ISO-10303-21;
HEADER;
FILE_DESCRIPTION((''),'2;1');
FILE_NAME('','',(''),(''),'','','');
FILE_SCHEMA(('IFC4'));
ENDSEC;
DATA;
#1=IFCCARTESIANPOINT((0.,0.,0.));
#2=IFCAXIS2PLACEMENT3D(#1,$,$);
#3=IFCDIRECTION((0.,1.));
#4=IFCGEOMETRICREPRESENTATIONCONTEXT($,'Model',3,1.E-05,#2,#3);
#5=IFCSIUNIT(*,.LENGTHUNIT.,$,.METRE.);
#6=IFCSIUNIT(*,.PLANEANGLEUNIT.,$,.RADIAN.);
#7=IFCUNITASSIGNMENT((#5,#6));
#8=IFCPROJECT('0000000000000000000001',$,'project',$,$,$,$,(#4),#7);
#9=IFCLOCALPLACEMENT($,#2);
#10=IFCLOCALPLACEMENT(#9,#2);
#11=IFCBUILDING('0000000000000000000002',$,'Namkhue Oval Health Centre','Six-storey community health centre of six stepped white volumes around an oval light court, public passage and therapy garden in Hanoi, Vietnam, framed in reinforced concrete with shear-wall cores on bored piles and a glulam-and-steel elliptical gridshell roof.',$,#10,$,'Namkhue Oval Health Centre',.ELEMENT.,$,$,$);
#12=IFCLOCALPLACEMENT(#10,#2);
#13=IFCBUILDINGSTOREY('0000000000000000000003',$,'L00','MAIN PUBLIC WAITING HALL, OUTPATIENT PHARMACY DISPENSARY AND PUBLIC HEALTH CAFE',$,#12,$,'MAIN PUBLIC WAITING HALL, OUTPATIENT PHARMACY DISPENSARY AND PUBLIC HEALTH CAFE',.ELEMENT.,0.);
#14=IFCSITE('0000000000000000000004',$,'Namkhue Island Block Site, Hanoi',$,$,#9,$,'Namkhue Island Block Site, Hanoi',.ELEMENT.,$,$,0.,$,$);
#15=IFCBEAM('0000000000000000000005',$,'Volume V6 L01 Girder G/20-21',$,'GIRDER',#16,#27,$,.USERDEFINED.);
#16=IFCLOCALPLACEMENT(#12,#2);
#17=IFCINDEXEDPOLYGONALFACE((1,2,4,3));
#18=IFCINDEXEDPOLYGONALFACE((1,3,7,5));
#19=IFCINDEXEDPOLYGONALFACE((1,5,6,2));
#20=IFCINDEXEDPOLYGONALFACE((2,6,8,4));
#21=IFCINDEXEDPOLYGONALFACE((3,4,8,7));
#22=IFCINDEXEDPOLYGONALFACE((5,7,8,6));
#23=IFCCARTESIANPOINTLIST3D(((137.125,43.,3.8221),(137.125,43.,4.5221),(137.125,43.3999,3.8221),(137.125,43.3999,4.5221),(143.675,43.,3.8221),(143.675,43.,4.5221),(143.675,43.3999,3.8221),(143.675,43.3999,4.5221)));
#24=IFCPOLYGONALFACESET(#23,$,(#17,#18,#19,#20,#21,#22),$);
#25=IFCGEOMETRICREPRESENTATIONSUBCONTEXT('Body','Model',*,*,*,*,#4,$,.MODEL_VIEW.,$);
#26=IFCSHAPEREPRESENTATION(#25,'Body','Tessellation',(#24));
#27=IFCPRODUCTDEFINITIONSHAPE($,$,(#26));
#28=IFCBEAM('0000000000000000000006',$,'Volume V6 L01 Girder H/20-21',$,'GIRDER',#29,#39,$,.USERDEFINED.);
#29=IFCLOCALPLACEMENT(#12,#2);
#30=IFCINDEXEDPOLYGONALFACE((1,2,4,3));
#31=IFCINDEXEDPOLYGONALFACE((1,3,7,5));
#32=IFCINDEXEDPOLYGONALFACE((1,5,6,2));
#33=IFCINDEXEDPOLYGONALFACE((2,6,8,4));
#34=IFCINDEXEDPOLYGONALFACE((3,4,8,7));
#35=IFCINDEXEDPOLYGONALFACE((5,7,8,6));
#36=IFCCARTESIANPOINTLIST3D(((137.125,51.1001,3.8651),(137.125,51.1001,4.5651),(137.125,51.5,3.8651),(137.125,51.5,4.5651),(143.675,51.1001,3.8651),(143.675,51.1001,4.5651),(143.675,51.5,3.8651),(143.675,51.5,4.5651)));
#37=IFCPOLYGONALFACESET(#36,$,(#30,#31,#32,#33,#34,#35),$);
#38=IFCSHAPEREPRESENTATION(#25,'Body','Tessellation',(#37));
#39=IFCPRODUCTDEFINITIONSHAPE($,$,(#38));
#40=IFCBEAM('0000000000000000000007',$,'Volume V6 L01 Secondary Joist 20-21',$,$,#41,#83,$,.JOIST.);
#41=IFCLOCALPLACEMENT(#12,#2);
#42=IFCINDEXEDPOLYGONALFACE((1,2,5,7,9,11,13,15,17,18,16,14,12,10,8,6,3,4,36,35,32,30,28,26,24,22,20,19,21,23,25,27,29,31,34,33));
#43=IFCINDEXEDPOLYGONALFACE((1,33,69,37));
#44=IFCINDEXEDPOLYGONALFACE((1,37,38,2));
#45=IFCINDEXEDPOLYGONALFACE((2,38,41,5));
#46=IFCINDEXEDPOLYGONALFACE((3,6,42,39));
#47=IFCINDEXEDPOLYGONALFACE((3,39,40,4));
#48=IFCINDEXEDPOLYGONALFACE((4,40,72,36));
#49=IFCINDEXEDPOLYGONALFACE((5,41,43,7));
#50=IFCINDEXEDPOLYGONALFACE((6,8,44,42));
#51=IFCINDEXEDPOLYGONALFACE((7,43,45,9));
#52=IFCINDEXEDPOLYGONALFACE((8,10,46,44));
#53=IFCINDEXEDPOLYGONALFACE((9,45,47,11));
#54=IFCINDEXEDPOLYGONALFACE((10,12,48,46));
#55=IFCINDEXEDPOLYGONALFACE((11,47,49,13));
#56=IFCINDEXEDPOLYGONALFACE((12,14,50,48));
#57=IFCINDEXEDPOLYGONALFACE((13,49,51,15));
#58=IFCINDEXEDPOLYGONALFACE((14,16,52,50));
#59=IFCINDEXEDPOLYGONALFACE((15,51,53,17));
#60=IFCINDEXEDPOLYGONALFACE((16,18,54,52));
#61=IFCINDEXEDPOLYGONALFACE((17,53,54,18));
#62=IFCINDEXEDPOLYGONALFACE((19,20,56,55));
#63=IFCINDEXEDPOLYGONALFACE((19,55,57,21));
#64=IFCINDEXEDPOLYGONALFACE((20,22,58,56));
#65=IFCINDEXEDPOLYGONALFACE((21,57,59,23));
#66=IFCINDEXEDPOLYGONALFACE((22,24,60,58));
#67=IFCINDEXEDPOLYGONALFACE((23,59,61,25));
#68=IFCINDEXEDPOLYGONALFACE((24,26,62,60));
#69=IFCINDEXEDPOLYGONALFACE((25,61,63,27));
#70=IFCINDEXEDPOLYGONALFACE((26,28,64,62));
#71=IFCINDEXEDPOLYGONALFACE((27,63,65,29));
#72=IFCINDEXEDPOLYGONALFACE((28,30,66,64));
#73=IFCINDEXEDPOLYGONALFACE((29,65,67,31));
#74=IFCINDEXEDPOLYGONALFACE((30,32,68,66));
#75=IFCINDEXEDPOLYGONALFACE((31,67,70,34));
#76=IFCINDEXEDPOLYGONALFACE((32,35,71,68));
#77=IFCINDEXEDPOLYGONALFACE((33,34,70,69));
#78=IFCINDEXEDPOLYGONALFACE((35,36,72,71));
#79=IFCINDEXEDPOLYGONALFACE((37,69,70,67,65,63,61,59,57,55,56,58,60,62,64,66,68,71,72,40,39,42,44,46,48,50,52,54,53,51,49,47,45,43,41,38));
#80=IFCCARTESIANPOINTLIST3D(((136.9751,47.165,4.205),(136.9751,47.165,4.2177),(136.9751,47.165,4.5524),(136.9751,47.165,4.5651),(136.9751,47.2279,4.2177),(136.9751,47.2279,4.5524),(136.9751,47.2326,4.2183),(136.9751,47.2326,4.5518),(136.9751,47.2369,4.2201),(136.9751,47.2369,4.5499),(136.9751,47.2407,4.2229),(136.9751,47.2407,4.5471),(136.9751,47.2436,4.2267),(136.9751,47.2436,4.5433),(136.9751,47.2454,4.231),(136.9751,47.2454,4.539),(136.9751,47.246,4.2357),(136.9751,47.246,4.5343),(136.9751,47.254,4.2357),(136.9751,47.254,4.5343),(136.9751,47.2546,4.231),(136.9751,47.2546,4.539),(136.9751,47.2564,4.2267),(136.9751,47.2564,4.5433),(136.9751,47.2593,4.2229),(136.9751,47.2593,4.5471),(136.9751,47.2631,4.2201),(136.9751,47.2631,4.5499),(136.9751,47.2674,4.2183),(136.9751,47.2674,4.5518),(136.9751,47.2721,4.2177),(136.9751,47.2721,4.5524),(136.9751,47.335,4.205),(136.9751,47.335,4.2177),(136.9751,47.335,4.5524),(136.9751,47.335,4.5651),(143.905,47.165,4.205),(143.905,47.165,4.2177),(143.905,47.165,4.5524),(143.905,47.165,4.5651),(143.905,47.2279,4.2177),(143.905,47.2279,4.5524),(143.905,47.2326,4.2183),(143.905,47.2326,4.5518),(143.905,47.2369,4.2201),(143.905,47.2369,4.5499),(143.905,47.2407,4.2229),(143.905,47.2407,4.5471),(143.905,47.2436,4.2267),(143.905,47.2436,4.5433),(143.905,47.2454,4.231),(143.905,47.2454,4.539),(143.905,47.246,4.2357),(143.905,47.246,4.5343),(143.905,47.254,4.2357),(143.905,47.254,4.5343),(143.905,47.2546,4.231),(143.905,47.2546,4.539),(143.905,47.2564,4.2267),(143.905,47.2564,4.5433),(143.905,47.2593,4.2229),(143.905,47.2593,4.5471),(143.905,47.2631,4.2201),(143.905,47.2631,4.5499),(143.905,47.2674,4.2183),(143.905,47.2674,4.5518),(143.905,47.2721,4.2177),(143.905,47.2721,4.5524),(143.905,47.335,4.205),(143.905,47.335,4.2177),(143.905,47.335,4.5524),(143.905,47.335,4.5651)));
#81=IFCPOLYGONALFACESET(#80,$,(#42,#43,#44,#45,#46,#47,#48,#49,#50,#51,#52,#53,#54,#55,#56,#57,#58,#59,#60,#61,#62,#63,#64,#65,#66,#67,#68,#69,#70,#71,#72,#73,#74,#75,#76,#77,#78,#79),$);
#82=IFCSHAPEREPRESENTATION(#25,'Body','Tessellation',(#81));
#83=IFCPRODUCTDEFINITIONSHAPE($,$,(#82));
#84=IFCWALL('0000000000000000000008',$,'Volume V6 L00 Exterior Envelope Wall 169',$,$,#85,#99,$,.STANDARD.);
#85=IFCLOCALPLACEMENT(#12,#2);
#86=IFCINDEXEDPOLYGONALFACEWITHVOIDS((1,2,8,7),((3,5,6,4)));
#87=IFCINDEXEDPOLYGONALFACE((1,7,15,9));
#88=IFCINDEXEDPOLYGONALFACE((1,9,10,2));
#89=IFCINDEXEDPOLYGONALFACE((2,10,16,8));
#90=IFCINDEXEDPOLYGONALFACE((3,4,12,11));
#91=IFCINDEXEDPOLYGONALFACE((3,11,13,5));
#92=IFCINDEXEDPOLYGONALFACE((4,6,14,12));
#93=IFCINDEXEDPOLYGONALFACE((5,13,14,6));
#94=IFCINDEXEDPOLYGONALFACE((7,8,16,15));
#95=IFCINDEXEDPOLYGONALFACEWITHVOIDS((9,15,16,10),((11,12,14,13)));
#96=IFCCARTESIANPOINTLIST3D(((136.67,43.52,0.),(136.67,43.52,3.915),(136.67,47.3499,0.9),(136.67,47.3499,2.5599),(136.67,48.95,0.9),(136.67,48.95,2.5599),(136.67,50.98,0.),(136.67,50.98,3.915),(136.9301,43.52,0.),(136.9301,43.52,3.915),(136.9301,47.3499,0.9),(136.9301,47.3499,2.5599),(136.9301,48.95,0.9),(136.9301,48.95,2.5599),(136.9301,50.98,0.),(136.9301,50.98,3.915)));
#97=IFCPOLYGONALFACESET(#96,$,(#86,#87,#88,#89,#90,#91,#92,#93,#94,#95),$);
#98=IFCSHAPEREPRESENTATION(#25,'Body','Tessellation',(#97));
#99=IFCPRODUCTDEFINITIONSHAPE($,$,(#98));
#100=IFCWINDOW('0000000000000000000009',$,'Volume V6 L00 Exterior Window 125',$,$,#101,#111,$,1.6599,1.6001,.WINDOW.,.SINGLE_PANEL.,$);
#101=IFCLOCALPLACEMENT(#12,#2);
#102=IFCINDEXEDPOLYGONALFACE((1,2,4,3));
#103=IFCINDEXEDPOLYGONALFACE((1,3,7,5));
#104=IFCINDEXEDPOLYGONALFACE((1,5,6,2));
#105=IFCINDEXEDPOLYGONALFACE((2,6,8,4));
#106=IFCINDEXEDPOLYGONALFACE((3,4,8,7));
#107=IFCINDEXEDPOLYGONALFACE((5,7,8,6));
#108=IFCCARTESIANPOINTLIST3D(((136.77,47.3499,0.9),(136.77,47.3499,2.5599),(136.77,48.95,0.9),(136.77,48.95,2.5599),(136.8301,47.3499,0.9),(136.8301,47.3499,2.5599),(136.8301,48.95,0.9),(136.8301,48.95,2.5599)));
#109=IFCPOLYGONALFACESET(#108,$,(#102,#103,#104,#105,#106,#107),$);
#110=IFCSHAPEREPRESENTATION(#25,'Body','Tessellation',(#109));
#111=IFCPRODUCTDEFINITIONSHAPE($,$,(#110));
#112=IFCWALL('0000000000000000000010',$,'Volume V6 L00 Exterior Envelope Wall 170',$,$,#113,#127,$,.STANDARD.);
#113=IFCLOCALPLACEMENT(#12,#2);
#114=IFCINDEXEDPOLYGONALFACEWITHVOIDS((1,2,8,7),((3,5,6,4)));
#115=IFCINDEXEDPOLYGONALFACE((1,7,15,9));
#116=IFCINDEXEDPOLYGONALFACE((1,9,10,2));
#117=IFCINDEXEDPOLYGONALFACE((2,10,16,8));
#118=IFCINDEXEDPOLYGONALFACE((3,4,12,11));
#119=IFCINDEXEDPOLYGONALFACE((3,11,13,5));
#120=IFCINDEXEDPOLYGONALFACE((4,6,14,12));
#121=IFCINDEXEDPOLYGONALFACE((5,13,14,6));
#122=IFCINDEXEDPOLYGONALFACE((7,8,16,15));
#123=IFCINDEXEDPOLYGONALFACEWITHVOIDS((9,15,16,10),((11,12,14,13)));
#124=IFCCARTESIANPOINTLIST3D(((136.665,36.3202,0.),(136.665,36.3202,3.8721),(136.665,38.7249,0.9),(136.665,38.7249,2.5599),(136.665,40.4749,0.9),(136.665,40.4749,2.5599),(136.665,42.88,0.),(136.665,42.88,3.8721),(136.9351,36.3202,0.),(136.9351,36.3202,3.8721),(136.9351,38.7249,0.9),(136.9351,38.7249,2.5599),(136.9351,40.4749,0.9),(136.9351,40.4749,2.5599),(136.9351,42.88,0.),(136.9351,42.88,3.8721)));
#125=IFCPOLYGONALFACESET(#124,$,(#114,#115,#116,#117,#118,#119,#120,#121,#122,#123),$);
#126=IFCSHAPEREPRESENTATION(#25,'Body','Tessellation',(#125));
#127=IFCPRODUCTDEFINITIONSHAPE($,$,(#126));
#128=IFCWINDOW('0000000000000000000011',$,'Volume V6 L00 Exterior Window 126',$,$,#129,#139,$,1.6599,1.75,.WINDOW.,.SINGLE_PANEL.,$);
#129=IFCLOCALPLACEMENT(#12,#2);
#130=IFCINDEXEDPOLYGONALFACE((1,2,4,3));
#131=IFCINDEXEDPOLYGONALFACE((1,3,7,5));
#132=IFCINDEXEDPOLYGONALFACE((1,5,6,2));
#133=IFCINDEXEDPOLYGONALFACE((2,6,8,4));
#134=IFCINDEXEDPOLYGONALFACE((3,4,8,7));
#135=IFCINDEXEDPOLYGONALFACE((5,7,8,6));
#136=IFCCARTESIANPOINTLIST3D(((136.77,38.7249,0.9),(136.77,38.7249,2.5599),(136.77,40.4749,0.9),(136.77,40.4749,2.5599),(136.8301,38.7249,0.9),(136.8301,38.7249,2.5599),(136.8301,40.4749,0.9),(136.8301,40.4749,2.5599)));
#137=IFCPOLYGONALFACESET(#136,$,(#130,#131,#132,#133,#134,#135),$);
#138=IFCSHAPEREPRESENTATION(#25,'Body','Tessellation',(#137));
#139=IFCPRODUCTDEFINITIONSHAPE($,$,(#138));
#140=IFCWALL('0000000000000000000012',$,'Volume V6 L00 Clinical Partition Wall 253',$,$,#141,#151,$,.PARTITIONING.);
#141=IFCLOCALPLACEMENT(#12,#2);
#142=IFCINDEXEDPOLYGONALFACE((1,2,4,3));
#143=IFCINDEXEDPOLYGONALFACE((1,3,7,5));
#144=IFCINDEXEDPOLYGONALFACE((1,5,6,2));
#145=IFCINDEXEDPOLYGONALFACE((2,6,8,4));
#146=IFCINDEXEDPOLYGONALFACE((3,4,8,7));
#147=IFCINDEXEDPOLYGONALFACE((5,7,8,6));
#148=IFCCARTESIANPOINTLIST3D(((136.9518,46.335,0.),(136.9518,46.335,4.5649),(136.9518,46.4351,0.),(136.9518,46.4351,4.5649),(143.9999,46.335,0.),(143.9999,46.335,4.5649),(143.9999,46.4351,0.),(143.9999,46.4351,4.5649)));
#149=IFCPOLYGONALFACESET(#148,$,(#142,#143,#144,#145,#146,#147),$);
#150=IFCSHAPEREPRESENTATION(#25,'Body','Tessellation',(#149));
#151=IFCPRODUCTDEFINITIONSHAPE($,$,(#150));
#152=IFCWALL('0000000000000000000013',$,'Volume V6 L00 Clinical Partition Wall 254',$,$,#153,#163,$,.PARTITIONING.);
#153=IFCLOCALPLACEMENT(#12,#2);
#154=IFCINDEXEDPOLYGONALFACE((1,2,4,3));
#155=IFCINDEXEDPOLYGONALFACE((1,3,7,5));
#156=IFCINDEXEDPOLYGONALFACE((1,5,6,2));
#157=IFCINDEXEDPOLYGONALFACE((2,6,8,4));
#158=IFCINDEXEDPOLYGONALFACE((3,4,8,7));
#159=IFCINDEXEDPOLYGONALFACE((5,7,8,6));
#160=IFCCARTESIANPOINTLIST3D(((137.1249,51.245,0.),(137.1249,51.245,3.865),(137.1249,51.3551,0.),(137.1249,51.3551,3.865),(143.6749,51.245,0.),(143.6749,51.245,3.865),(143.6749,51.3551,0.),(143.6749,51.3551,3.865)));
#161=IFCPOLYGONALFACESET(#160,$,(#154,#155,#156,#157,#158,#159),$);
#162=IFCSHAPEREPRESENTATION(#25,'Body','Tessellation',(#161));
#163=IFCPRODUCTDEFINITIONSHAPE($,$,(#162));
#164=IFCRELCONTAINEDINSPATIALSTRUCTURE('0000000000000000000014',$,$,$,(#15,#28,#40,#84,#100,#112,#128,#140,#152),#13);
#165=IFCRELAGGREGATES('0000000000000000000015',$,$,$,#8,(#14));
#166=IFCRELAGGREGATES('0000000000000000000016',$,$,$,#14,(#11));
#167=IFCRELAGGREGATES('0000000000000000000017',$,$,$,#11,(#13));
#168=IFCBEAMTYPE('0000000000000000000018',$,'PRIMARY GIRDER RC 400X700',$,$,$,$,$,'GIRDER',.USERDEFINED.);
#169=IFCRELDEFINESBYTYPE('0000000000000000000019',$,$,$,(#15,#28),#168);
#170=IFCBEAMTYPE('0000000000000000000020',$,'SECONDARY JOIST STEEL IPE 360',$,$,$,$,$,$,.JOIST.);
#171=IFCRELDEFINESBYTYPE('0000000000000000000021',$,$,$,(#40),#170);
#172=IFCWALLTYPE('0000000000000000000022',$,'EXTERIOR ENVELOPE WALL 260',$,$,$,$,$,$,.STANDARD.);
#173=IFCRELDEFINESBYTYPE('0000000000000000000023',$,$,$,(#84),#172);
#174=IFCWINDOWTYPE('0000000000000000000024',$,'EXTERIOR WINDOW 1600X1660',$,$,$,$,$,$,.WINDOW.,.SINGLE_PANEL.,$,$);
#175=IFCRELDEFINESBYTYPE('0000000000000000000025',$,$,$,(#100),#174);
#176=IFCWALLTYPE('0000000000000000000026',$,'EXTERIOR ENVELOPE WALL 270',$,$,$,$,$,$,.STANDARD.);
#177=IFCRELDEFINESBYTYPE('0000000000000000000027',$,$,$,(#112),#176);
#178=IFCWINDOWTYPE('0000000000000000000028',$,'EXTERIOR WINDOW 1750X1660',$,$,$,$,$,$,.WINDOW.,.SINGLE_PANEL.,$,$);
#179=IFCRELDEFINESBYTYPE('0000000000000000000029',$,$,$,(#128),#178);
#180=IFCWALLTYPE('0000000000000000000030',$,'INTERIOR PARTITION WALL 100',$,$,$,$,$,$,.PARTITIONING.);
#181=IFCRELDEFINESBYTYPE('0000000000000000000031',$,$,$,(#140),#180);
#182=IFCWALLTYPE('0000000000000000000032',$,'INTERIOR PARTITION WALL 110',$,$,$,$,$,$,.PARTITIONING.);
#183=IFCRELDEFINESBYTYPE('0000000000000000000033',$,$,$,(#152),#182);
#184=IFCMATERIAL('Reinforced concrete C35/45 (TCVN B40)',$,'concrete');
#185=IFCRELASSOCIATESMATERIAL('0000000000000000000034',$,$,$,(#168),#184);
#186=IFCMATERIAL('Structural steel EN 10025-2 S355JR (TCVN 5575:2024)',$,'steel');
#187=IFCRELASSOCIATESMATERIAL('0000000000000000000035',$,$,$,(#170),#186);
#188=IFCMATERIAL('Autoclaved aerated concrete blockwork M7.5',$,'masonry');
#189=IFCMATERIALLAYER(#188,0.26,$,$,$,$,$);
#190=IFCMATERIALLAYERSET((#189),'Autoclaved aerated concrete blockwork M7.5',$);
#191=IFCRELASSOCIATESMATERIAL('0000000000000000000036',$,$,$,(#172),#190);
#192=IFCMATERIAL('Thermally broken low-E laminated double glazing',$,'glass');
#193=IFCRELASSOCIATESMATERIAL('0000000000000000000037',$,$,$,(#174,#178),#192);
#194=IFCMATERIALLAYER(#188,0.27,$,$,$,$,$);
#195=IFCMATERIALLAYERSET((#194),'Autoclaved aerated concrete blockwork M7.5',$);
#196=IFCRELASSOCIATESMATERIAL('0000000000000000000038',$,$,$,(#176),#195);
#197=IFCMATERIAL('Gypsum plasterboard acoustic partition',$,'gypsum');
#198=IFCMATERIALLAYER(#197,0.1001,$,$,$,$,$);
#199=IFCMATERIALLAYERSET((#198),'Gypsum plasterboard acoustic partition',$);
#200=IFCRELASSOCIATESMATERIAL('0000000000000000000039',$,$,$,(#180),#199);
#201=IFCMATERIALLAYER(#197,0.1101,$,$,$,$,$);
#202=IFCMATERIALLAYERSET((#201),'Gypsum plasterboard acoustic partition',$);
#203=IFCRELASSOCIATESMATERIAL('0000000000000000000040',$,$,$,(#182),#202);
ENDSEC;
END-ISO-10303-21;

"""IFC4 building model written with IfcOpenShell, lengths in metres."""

from ifc_helpers import new_model, si_unit, direction, frame, frame_2d, origin, origin_2d, place, context, subcontext, project, spatial, rectangle, i_section, extrude, material, layer, layer_set, material_profile, profile_set, type_object, element, fill, save


model = new_model("IFC4")

# Units and contexts
model_context = context("Model", 3, precision=1e-05, world=origin(), true_north=direction((0.0, 1.0)))
body_context = subcontext(model_context, "Body", "Model", "MODEL_VIEW")
ifc_project = project(units=[si_unit("LENGTHUNIT", "METRE"), si_unit("PLANEANGLEUNIT", "RADIAN")], contexts=[model_context])

# Site, building, storey
site_placement = place(None, origin())
site = spatial("IfcSite", under=ifc_project, at=site_placement, Name="Namkhue Island Block Site, Hanoi", LongName="Namkhue Island Block Site, Hanoi", CompositionType="ELEMENT", RefElevation=0.0)
building_placement = place(site_placement, origin())
building = spatial("IfcBuilding", under=site, at=building_placement, Name="Namkhue Oval Health Centre", Description="Six-storey community health centre of six stepped white volumes around an oval light court, public passage and therapy garden in Hanoi, Vietnam, framed in reinforced concrete with shear-wall cores on bored piles and a glulam-and-steel elliptical gridshell roof.", LongName="Namkhue Oval Health Centre", CompositionType="ELEMENT")
storey_placement = place(building_placement, origin())
storey = spatial("IfcBuildingStorey", under=building, at=storey_placement, Name="L00", Description="MAIN PUBLIC WAITING HALL, OUTPATIENT PHARMACY DISPENSARY AND PUBLIC HEALTH CAFE", LongName="MAIN PUBLIC WAITING HALL, OUTPATIENT PHARMACY DISPENSARY AND PUBLIC HEALTH CAFE", CompositionType="ELEMENT", Elevation=0.0)

# Shared definitions
ifc_material_1 = material(Name="Reinforced concrete C35/45 (TCVN B40)", Category="concrete")

# Beams
ifc_material_profile_1 = material_profile(ifc_material_1, rectangle(XDim=0.3999, YDim=0.7, at=origin_2d()), Name="RC 400x700")
ifc_profile_set_1 = profile_set([ifc_material_profile_1], Name="Reinforced concrete C35/45 (TCVN B40)")
beam_type_1 = type_object("IfcBeamType", Name="PRIMARY GIRDER RC 400X700", ElementType="GIRDER", PredefinedType="USERDEFINED", material=ifc_profile_set_1)
for number, where, z_axis, x_axis, name in (
    (1, (137.125, 43.2, 4.1721), (1.0, 0.0, 0.0), (0.0, 1.0, 0.0), "Volume V6 L01 Girder G/20-21"),
    (2, (137.125, 51.3, 4.2151), (1.0, 0.0, 0.0), (0.0, 1.0, 0.0), "Volume V6 L01 Girder H/20-21"),
):
    element("IfcBeam", number, at=place(storey_placement, frame(where, z_axis=z_axis, x_axis=x_axis)), inside=storey, type_object=beam_type_1, Name=name, ObjectType="GIRDER", PredefinedType="USERDEFINED", context=body_context, shape_type="SweptSolid", body=[
        extrude(rectangle(XDim=0.3999, YDim=0.7, at=origin_2d()), origin(), (0.0, 0.0, 1.0), 6.55),
    ])
ifc_material_2 = material(Name="Structural steel EN 10025-2 S355JR (TCVN 5575:2024)", Category="steel")
ifc_material_profile_2 = material_profile(ifc_material_2, i_section(OverallWidth=0.1699, OverallDepth=0.3601, WebThickness=0.0081, FlangeThickness=0.0127, FilletRadius=0.0181, at=origin_2d()), Name="IPE 360")
ifc_profile_set_2 = profile_set([ifc_material_profile_2], Name="Structural steel EN 10025-2 S355JR (TCVN 5575:2024)")
beam_type_2 = type_object("IfcBeamType", Name="SECONDARY JOIST STEEL IPE 360", PredefinedType="JOIST", material=ifc_profile_set_2)
beam_1_placement = place(storey_placement, frame((136.9751, 47.25, 4.385), z_axis=(1.0, 0.0, 0.0), x_axis=(0.0, 1.0, 0.0)))
element("IfcBeam", 3, at=beam_1_placement, inside=storey, type_object=beam_type_2, Name="Volume V6 L01 Secondary Joist 20-21", PredefinedType="JOIST", context=body_context, shape_type="SweptSolid", body=[
    extrude(i_section(OverallWidth=0.1699, OverallDepth=0.3601, WebThickness=0.0081, FlangeThickness=0.0127, FilletRadius=0.0181, at=origin_2d()), origin(), (0.0, 0.0, 1.0), 6.9299),
])

# Walls, openings, windows
ifc_material_3 = material(Name="Autoclaved aerated concrete blockwork M7.5", Category="masonry")
ifc_layer_1 = layer(ifc_material_3, 0.26)
ifc_layer_set_1 = layer_set([ifc_layer_1], Name="Autoclaved aerated concrete blockwork M7.5")
wall_type_1 = type_object("IfcWallType", Name="EXTERIOR ENVELOPE WALL 260", PredefinedType="STANDARD", material=ifc_layer_set_1)
wall_1_placement = place(storey_placement, frame((136.8, 50.98, 0.0), z_axis=(0.0, 0.0, 1.0), x_axis=(0.0, -1.0, 0.0)))
wall_1 = element("IfcWall", 4, at=wall_1_placement, inside=storey, type_object=wall_type_1, Name="Volume V6 L00 Exterior Envelope Wall 169", PredefinedType="STANDARD", context=body_context, shape_type="SweptSolid", body=[
    extrude(rectangle(XDim=7.46, YDim=0.26, at=frame_2d((3.73, 0.0))), origin(), (0.0, 0.0, 1.0), 3.915),
])
opening_1_placement = place(wall_1_placement, frame((2.03, 0.0, 0.8999)))
opening_1 = element("IfcOpeningElement", 5, at=opening_1_placement, cuts=wall_1, PredefinedType="OPENING", context=body_context, shape_type="SweptSolid", body=[
    extrude(rectangle(XDim=1.6001, YDim=1.6599, at=frame_2d((0.8, 0.8301))), frame((0.0, 0.1399, 0.0), z_axis=(0.0, -1.0, 0.0), x_axis=(1.0, 0.0, 0.0)), (0.0, 0.0, 1.0), 0.28),
])
ifc_material_4 = material(Name="Thermally broken low-E laminated double glazing", Category="glass")
window_type_1 = type_object("IfcWindowType", Name="EXTERIOR WINDOW 1600X1660", PartitioningType="SINGLE_PANEL", PredefinedType="WINDOW", material=ifc_material_4)
window_1_placement = place(opening_1_placement, origin())
window_1 = element("IfcWindow", 6, at=window_1_placement, inside=storey, type_object=window_type_1, Name="Volume V6 L00 Exterior Window 125", OverallHeight=1.6599, OverallWidth=1.6001, PartitioningType="SINGLE_PANEL", PredefinedType="WINDOW", context=body_context, shape_type="SweptSolid", body=[
    extrude(rectangle(XDim=1.6001, YDim=1.6599, at=frame_2d((0.8, 0.8301))), frame((0.0, 0.03, 0.0), z_axis=(0.0, -1.0, 0.0), x_axis=(1.0, 0.0, 0.0)), (0.0, 0.0, 1.0), 0.0601),
])
fill(opening_1, window_1)
ifc_layer_2 = layer(ifc_material_3, 0.27)
ifc_layer_set_2 = layer_set([ifc_layer_2], Name="Autoclaved aerated concrete blockwork M7.5")
wall_type_2 = type_object("IfcWallType", Name="EXTERIOR ENVELOPE WALL 270", PredefinedType="STANDARD", material=ifc_layer_set_2)
wall_2_placement = place(storey_placement, frame((136.8, 42.8799, 0.0), z_axis=(0.0, 0.0, 1.0), x_axis=(0.0, -1.0, 0.0)))
wall_2 = element("IfcWall", 7, at=wall_2_placement, inside=storey, type_object=wall_type_2, Name="Volume V6 L00 Exterior Envelope Wall 170", PredefinedType="STANDARD", context=body_context, shape_type="SweptSolid", body=[
    extrude(rectangle(XDim=6.5598, YDim=0.27, at=frame_2d((3.2798, 0.0))), origin(), (0.0, 0.0, 1.0), 3.8721),
])
opening_2_placement = place(wall_2_placement, frame((2.405, 0.0, 0.8999)))
opening_2 = element("IfcOpeningElement", 8, at=opening_2_placement, cuts=wall_2, PredefinedType="OPENING", context=body_context, shape_type="SweptSolid", body=[
    extrude(rectangle(XDim=1.75, YDim=1.6599, at=frame_2d((0.875, 0.8301))), frame((0.0, 0.145, 0.0), z_axis=(0.0, -1.0, 0.0), x_axis=(1.0, 0.0, 0.0)), (0.0, 0.0, 1.0), 0.29),
])
window_type_2 = type_object("IfcWindowType", Name="EXTERIOR WINDOW 1750X1660", PartitioningType="SINGLE_PANEL", PredefinedType="WINDOW", material=ifc_material_4)
window_2_placement = place(opening_2_placement, origin())
window_2 = element("IfcWindow", 9, at=window_2_placement, inside=storey, type_object=window_type_2, Name="Volume V6 L00 Exterior Window 126", OverallHeight=1.6599, OverallWidth=1.75, PartitioningType="SINGLE_PANEL", PredefinedType="WINDOW", context=body_context, shape_type="SweptSolid", body=[
    extrude(rectangle(XDim=1.75, YDim=1.6599, at=frame_2d((0.875, 0.8301))), frame((0.0, 0.03, 0.0), z_axis=(0.0, -1.0, 0.0), x_axis=(1.0, 0.0, 0.0)), (0.0, 0.0, 1.0), 0.0601),
])
fill(opening_2, window_2)

# Walls
ifc_material_5 = material(Name="Gypsum plasterboard acoustic partition", Category="gypsum")
ifc_layer_3 = layer(ifc_material_5, 0.1001)
ifc_layer_set_3 = layer_set([ifc_layer_3], Name="Gypsum plasterboard acoustic partition")
wall_type_3 = type_object("IfcWallType", Name="INTERIOR PARTITION WALL 100", PredefinedType="PARTITIONING", material=ifc_layer_set_3)
wall_3_placement = place(storey_placement, frame((136.9519, 46.385, 0.0), z_axis=(0.0, 0.0, 1.0), x_axis=(1.0, 0.0, 0.0)))
element("IfcWall", 10, at=wall_3_placement, inside=storey, type_object=wall_type_3, Name="Volume V6 L00 Clinical Partition Wall 253", PredefinedType="PARTITIONING", context=body_context, shape_type="SweptSolid", body=[
    extrude(rectangle(XDim=7.0481, YDim=0.1001, at=frame_2d((3.5239, 0.0))), origin(), (0.0, 0.0, 1.0), 4.5649),
])
ifc_layer_4 = layer(ifc_material_5, 0.1101)
ifc_layer_set_4 = layer_set([ifc_layer_4], Name="Gypsum plasterboard acoustic partition")
wall_type_4 = type_object("IfcWallType", Name="INTERIOR PARTITION WALL 110", PredefinedType="PARTITIONING", material=ifc_layer_set_4)
wall_4_placement = place(storey_placement, frame((137.125, 51.3, 0.0), z_axis=(0.0, 0.0, 1.0), x_axis=(1.0, 0.0, 0.0)))
element("IfcWall", 11, at=wall_4_placement, inside=storey, type_object=wall_type_4, Name="Volume V6 L00 Clinical Partition Wall 254", PredefinedType="PARTITIONING", context=body_context, shape_type="SweptSolid", body=[
    extrude(rectangle(XDim=6.55, YDim=0.1101, at=frame_2d((3.2749, 0.0))), origin(), (0.0, 0.0, 1.0), 3.865),
])

save(model, "model.ifc")
